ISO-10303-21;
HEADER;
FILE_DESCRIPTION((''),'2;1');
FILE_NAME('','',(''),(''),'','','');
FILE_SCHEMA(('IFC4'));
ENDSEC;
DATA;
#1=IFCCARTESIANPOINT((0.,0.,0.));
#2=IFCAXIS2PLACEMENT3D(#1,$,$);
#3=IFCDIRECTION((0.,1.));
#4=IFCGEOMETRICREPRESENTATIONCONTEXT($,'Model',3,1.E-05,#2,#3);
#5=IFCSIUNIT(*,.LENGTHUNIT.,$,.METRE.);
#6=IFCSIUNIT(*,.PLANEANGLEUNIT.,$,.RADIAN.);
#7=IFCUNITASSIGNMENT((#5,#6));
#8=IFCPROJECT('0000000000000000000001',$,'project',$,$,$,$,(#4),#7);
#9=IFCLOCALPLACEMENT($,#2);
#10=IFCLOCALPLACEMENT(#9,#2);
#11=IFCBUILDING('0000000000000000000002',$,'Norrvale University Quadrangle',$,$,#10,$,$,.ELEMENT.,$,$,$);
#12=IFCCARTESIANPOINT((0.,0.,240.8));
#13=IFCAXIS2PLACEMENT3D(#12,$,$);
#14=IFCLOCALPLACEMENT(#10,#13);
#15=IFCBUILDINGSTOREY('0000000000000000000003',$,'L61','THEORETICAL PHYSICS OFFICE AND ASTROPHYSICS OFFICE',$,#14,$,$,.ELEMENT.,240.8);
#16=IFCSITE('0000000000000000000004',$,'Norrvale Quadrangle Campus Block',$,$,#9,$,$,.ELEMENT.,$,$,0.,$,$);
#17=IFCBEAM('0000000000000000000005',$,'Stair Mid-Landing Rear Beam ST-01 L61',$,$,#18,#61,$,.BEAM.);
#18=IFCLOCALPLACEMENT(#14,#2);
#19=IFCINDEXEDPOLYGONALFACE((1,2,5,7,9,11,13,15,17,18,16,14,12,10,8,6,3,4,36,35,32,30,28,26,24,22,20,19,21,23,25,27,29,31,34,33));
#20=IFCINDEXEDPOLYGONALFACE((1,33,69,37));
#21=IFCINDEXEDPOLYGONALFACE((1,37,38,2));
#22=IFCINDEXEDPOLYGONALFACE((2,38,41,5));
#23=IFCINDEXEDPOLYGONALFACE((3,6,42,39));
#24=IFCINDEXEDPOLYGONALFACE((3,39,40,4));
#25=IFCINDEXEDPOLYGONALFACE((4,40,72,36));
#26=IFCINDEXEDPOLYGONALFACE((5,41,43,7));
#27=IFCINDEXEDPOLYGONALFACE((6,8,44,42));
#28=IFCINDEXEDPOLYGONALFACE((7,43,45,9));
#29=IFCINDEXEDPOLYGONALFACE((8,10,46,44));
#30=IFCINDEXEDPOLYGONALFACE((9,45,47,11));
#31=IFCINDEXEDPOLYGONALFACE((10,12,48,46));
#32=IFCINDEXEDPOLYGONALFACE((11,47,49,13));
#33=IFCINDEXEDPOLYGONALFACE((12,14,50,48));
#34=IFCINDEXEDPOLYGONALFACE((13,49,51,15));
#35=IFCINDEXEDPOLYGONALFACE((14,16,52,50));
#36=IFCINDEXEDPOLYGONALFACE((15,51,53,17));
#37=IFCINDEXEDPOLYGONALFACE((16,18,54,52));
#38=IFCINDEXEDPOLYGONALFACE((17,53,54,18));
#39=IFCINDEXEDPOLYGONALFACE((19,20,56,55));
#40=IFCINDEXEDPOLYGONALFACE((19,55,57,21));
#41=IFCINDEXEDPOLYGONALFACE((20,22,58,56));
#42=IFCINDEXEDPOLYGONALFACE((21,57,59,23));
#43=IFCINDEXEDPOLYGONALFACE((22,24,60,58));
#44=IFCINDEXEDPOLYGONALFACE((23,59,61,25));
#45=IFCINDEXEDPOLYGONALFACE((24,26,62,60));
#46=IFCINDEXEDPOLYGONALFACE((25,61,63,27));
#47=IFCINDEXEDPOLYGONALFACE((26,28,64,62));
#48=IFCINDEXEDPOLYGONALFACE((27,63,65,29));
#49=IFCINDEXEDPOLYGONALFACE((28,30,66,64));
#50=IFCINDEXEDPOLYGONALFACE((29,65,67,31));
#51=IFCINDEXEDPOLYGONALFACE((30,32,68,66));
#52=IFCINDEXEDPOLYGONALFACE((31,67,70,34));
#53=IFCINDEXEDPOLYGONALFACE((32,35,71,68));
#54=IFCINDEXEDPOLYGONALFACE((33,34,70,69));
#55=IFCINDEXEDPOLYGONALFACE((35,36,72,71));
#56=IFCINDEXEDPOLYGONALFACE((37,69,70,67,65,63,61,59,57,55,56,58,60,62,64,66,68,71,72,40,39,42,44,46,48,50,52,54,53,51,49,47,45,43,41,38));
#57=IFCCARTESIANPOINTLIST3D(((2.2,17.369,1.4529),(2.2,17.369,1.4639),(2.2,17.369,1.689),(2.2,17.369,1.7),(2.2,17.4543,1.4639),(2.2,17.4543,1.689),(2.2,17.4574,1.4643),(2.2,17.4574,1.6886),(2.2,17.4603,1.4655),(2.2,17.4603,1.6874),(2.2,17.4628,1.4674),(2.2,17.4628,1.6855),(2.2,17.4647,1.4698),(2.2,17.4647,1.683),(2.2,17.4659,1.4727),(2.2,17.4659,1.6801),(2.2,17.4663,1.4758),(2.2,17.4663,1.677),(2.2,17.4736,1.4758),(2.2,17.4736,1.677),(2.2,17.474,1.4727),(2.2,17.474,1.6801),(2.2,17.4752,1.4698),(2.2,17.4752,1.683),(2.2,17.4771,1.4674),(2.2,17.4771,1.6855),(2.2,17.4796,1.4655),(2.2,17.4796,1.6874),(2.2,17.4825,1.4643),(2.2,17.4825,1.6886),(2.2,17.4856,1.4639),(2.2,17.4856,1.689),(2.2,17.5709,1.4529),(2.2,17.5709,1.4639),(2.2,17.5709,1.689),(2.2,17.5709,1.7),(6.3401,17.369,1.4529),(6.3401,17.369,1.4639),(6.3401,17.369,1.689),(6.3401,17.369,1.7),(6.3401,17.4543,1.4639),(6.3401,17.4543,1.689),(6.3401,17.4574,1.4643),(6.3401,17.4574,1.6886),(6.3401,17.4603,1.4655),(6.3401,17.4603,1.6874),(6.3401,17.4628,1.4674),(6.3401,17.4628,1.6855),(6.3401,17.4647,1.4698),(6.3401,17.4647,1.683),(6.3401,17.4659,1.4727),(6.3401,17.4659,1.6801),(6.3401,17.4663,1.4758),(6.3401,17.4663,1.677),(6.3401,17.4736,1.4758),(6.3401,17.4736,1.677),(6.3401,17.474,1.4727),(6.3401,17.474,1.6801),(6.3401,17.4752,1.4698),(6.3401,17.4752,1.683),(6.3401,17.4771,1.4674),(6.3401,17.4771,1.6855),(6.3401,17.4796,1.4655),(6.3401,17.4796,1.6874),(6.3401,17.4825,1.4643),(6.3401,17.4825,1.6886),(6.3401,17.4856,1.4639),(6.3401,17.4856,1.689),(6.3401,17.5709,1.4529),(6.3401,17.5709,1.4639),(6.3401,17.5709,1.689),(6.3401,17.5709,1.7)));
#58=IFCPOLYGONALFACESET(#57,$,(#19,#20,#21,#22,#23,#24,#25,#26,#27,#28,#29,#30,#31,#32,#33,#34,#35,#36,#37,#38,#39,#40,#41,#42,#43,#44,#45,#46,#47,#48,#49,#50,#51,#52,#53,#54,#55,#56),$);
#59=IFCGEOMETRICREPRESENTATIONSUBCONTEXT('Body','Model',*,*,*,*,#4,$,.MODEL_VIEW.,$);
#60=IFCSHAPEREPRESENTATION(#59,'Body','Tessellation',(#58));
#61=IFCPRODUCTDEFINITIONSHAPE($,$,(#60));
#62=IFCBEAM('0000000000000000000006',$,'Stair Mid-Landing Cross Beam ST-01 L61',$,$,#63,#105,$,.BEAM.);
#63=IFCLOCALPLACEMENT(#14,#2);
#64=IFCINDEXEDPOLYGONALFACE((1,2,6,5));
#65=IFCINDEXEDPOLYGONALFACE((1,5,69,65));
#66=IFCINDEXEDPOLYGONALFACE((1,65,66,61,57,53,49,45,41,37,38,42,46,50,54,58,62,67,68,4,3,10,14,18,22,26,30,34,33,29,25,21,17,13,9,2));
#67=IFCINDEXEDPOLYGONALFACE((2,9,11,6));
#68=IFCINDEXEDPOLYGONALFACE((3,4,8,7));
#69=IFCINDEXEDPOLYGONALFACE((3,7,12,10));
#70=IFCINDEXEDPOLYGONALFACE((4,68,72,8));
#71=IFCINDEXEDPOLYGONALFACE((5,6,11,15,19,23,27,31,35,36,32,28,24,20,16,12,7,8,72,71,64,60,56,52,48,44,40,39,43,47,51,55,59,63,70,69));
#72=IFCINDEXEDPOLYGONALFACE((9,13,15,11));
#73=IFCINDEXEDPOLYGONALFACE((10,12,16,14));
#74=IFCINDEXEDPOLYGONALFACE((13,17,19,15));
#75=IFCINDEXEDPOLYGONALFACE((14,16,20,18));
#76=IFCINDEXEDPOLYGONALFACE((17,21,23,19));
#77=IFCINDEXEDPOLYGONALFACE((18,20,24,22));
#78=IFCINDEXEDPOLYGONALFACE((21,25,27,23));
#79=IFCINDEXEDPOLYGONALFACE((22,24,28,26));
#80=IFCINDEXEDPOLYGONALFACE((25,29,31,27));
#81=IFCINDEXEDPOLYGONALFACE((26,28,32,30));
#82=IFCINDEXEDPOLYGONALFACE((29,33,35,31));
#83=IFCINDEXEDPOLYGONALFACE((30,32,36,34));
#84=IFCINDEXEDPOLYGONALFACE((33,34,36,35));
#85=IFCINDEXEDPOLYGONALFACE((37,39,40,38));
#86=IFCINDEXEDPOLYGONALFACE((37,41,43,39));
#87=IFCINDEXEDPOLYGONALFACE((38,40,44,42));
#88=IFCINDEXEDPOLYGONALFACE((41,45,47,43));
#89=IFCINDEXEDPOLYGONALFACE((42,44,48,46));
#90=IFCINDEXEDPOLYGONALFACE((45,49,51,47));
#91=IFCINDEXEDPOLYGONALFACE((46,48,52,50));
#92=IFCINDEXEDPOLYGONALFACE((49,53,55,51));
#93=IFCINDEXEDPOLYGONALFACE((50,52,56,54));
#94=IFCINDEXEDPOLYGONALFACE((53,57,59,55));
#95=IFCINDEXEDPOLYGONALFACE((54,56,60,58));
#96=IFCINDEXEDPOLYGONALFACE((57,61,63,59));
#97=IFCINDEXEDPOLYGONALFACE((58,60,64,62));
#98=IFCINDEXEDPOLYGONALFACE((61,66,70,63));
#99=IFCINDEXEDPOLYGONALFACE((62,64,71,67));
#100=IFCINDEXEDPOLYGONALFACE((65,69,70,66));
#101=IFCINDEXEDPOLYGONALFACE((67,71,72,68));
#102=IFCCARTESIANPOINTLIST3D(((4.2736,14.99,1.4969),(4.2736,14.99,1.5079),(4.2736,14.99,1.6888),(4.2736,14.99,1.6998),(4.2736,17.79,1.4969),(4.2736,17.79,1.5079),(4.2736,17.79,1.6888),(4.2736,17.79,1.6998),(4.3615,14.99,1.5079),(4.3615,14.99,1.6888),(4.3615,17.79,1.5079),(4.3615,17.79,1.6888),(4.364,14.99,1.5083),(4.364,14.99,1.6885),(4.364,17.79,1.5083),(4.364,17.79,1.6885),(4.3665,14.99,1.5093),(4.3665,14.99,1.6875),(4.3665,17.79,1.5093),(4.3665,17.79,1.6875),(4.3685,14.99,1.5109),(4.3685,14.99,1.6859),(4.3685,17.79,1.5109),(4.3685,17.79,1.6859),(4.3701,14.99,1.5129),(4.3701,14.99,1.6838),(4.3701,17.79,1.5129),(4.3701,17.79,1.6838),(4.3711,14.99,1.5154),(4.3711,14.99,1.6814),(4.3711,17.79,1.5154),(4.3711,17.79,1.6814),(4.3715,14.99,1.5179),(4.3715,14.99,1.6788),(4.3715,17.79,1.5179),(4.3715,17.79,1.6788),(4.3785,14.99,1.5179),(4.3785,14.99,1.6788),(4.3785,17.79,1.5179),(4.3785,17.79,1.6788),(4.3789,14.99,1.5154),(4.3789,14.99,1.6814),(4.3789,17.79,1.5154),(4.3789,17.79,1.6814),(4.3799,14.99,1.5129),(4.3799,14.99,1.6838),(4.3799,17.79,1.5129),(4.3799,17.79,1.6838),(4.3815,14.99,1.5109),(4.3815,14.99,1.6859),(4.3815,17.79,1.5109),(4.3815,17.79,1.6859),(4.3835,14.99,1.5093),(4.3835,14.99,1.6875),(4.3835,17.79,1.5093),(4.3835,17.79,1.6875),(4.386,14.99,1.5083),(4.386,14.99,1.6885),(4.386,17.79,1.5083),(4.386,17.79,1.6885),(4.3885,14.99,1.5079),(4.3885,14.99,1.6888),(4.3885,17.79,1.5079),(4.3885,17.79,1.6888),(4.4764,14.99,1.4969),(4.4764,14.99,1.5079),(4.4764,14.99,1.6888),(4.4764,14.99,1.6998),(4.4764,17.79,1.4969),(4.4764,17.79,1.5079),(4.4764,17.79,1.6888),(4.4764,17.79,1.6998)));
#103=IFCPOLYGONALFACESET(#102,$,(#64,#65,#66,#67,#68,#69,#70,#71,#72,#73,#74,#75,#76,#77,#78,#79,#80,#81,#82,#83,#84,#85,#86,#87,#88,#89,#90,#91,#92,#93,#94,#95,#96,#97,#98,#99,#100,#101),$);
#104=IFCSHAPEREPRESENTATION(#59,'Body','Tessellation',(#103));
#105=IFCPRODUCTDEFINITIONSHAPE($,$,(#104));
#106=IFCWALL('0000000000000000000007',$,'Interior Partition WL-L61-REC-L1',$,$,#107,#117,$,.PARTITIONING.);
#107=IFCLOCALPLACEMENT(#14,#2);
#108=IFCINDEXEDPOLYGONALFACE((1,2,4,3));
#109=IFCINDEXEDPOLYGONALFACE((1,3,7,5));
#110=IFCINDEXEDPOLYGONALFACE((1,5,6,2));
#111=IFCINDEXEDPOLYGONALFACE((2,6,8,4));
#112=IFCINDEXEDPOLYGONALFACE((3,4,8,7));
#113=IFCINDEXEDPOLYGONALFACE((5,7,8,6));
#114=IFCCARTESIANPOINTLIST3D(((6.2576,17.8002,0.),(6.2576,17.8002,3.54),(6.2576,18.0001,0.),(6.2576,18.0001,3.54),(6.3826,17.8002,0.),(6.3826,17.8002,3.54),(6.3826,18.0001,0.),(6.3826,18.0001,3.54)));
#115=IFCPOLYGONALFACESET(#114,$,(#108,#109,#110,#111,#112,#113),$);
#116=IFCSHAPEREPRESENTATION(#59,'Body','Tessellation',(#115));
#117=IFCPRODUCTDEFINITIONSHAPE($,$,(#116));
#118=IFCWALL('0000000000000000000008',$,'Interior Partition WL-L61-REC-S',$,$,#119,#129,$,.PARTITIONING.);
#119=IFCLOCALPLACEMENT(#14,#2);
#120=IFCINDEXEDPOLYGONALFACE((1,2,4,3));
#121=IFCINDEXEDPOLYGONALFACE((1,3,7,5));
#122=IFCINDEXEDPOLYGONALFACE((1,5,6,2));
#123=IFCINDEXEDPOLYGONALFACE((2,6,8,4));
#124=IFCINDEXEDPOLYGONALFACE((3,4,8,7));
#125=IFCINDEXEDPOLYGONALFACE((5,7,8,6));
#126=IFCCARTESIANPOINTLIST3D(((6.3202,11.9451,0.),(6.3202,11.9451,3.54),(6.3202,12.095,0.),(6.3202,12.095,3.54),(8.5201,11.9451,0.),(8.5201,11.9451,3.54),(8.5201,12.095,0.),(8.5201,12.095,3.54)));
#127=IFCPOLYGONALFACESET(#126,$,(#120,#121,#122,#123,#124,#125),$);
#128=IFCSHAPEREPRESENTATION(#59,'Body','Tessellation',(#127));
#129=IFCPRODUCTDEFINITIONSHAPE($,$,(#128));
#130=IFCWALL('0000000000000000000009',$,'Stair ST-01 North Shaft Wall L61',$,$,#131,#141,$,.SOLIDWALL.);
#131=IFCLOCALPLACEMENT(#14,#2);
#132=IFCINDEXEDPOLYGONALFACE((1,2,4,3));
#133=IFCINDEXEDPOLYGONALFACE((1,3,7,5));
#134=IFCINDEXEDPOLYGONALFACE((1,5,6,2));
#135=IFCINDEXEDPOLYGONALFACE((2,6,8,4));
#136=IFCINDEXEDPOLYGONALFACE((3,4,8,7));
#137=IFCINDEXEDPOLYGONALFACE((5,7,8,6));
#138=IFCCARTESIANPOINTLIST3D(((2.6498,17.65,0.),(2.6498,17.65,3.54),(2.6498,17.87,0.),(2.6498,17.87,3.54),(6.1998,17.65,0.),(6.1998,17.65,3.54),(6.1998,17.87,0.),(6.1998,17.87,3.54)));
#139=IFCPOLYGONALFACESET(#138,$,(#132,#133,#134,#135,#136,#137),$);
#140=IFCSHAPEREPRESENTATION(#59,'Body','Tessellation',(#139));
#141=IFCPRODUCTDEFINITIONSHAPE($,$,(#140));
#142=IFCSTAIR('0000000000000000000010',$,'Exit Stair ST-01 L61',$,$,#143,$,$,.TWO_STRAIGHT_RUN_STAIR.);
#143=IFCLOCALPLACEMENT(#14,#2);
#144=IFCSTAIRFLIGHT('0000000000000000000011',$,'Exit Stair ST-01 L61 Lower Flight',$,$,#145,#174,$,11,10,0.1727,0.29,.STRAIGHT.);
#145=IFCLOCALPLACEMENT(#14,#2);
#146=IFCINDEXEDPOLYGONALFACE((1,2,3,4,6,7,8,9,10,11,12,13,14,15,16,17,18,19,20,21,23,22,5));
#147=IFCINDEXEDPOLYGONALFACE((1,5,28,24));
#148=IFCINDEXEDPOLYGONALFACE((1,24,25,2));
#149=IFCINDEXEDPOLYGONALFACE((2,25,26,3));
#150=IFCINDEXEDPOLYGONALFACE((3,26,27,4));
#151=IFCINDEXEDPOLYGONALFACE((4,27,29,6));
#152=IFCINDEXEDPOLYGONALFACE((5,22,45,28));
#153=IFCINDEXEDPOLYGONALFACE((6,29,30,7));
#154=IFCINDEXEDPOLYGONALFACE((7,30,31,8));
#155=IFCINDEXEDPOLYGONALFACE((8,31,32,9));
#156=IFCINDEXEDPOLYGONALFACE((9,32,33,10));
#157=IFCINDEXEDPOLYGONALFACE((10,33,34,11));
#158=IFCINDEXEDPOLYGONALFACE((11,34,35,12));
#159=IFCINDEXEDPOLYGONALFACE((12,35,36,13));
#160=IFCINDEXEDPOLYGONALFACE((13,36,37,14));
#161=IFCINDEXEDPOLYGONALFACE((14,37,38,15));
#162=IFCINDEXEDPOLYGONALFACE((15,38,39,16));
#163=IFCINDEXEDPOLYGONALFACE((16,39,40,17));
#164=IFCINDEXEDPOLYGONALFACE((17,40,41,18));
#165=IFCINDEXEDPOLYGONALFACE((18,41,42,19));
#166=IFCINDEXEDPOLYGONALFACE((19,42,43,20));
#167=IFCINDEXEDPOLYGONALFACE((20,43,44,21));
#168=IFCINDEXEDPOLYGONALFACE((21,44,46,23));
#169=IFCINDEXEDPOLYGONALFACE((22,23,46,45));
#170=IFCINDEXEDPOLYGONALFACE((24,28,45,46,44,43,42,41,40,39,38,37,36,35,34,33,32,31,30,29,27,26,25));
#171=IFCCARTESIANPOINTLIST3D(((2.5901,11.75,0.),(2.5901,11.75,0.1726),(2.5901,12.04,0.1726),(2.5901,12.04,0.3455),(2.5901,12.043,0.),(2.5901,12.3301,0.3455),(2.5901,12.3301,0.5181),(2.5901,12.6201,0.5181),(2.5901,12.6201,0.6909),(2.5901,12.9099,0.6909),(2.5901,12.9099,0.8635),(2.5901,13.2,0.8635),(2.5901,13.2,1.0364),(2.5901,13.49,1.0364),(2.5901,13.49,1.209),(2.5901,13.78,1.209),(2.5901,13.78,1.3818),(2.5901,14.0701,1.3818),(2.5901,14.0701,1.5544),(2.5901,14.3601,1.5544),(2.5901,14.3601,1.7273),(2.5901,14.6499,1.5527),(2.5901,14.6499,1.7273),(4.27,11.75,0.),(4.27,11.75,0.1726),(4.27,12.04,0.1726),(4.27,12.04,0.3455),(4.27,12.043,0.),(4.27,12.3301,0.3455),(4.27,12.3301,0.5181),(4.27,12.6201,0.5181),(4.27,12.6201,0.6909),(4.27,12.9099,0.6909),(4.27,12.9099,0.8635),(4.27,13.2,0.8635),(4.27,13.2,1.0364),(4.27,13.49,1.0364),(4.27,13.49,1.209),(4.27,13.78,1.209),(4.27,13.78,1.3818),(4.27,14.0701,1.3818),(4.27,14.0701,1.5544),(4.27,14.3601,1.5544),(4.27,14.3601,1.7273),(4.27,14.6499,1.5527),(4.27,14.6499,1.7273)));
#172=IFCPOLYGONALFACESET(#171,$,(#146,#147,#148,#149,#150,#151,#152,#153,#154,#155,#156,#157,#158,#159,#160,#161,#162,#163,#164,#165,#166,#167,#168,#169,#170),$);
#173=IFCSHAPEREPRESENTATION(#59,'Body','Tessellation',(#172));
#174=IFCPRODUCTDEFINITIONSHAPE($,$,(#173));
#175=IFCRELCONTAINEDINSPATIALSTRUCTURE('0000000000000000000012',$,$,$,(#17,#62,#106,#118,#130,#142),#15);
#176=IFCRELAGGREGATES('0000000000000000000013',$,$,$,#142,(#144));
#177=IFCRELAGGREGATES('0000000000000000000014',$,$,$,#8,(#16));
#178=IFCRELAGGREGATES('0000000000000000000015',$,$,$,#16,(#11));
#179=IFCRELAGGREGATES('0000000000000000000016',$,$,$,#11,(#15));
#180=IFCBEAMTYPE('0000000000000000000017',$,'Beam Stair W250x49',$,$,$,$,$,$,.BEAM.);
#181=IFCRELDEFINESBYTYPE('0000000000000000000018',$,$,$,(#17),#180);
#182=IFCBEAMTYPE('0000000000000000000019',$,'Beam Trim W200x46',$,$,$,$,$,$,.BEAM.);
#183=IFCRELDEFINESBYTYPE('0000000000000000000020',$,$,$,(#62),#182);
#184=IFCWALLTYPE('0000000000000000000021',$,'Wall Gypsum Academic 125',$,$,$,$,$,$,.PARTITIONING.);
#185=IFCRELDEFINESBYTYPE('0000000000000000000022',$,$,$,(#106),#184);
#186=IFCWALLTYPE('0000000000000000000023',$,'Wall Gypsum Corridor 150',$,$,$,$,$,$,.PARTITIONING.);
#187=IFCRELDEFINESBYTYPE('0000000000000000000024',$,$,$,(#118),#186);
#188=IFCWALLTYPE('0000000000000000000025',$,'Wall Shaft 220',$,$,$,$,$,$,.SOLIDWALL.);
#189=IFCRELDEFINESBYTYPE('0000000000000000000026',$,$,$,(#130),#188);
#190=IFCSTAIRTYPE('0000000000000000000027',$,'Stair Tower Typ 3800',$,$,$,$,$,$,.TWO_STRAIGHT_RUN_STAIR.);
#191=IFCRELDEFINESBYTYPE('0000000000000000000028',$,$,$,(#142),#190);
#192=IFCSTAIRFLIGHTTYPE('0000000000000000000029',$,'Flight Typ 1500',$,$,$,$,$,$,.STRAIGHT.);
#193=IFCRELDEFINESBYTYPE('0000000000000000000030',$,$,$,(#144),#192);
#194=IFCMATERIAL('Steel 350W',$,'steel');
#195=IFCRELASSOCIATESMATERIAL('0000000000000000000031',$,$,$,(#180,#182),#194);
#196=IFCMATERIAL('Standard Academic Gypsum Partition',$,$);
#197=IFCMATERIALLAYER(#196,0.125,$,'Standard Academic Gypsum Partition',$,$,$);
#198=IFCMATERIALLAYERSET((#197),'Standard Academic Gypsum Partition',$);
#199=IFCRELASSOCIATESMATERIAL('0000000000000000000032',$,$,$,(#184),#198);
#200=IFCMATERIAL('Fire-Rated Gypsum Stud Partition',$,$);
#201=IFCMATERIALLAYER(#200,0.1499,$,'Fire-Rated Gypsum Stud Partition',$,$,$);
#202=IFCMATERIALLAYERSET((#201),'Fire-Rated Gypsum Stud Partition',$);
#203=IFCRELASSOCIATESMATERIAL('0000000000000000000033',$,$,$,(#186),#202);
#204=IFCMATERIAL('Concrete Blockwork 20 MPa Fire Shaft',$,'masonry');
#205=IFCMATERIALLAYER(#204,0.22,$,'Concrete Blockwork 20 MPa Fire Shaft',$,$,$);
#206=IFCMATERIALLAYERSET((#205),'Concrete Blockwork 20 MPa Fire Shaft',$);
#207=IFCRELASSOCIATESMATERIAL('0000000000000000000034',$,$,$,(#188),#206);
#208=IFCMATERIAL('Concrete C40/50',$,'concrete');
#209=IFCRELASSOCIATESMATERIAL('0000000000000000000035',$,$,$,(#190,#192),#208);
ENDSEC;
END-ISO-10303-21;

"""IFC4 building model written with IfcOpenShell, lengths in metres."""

from ifc_helpers import new_model, si_unit, direction, frame, frame_2d, origin, origin_2d, place, context, subcontext, project, spatial, polyline, rectangle, i_section, outline, extrude, material, layer, layer_set, material_profile, profile_set, type_object, element, aggregate, save


model = new_model("IFC4")

# Units and contexts
model_context = context("Model", 3, precision=1e-05, world=origin(), true_north=direction((0.0, 1.0)))
body_context = subcontext(model_context, "Body", "Model", "MODEL_VIEW")
ifc_project = project(units=[si_unit("LENGTHUNIT", "METRE"), si_unit("PLANEANGLEUNIT", "RADIAN")], contexts=[model_context])

# Site, building, storey
site_placement = place(None, origin())
site = spatial("IfcSite", under=ifc_project, at=site_placement, Name="Norrvale Quadrangle Campus Block", CompositionType="ELEMENT", RefElevation=0.0)
building_placement = place(site_placement, origin())
building = spatial("IfcBuilding", under=site, at=building_placement, Name="Norrvale University Quadrangle", CompositionType="ELEMENT")
storey_placement = place(building_placement, frame((0.0, 0.0, 240.8)))
storey = spatial("IfcBuildingStorey", under=building, at=storey_placement, Name="L61", Description="THEORETICAL PHYSICS OFFICE AND ASTROPHYSICS OFFICE", CompositionType="ELEMENT", Elevation=240.8)

# Beams
ifc_material_1 = material(Name="Steel 350W", Category="steel")
ifc_material_profile_1 = material_profile(ifc_material_1, i_section(OverallWidth=0.2019, OverallDepth=0.2471, WebThickness=0.0073, FlangeThickness=0.011, FilletRadius=0.012, at=origin_2d()), Name="Steel 350W")
ifc_profile_set_1 = profile_set([ifc_material_profile_1], Name="Steel 350W")
beam_type_1 = type_object("IfcBeamType", Name="Beam Stair W250x49", PredefinedType="BEAM", material=ifc_profile_set_1)
for number, where, z_axis, x_axis, name in (
    (1, (2.2, 17.47, 1.5764), (1.0, 0.0, 0.0), (0.0, 1.0, 0.0), "Stair Mid-Landing Rear Beam ST-01 L61"),
):
    element("IfcBeam", number, at=place(storey_placement, frame(where, z_axis=z_axis, x_axis=x_axis)), inside=storey, type_object=beam_type_1, Name=name, PredefinedType="BEAM", context=body_context, shape_type="SweptSolid", body=[
        extrude(i_section(OverallWidth=0.2019, OverallDepth=0.2471, WebThickness=0.0073, FlangeThickness=0.011, FilletRadius=0.012, at=origin_2d()), origin(), (0.0, 0.0, 1.0), 4.1401),
    ])
ifc_material_profile_2 = material_profile(ifc_material_1, i_section(OverallWidth=0.2029, OverallDepth=0.2029, WebThickness=0.0071, FlangeThickness=0.011, FilletRadius=0.01, at=origin_2d()), Name="Steel 350W")
ifc_profile_set_2 = profile_set([ifc_material_profile_2], Name="Steel 350W")
beam_type_2 = type_object("IfcBeamType", Name="Beam Trim W200x46", PredefinedType="BEAM", material=ifc_profile_set_2)
beam_1_placement = place(storey_placement, frame((4.375, 14.99, 1.5984), z_axis=(0.0, 1.0, 0.0), x_axis=(-1.0, 0.0, 0.0)))
element("IfcBeam", 2, at=beam_1_placement, inside=storey, type_object=beam_type_2, Name="Stair Mid-Landing Cross Beam ST-01 L61", PredefinedType="BEAM", context=body_context, shape_type="SweptSolid", body=[
    extrude(i_section(OverallWidth=0.2029, OverallDepth=0.2029, WebThickness=0.0071, FlangeThickness=0.011, FilletRadius=0.01, at=origin_2d()), origin(), (0.0, 0.0, 1.0), 2.8),
])

# Walls
ifc_material_2 = material(Name="Standard Academic Gypsum Partition")
ifc_layer_1 = layer(ifc_material_2, 0.125, Name="Standard Academic Gypsum Partition")
ifc_layer_set_1 = layer_set([ifc_layer_1], Name="Standard Academic Gypsum Partition")
wall_type_1 = type_object("IfcWallType", Name="Wall Gypsum Academic 125", PredefinedType="PARTITIONING", material=ifc_layer_set_1)
wall_1_placement = place(storey_placement, frame((6.3201, 17.8, 0.0), z_axis=(0.0, 0.0, 1.0), x_axis=(0.0, 1.0, 0.0)))
element("IfcWall", 3, at=wall_1_placement, inside=storey, type_object=wall_type_1, Name="Interior Partition WL-L61-REC-L1", PredefinedType="PARTITIONING", context=body_context, shape_type="SweptSolid", body=[
    extrude(rectangle(XDim=0.2, YDim=0.125, at=frame_2d((0.1001, 0.0))), origin(), (0.0, 0.0, 1.0), 3.54),
])
ifc_material_3 = material(Name="Fire-Rated Gypsum Stud Partition")
ifc_layer_2 = layer(ifc_material_3, 0.1499, Name="Fire-Rated Gypsum Stud Partition")
ifc_layer_set_2 = layer_set([ifc_layer_2], Name="Fire-Rated Gypsum Stud Partition")
wall_type_2 = type_object("IfcWallType", Name="Wall Gypsum Corridor 150", PredefinedType="PARTITIONING", material=ifc_layer_set_2)
wall_2_placement = place(storey_placement, frame((6.3201, 12.02, 0.0), z_axis=(0.0, 0.0, 1.0), x_axis=(1.0, 0.0, 0.0)))
element("IfcWall", 4, at=wall_2_placement, inside=storey, type_object=wall_type_2, Name="Interior Partition WL-L61-REC-S", PredefinedType="PARTITIONING", context=body_context, shape_type="SweptSolid", body=[
    extrude(rectangle(XDim=2.2, YDim=0.1499, at=frame_2d((1.1001, 0.0))), origin(), (0.0, 0.0, 1.0), 3.54),
])
ifc_material_4 = material(Name="Concrete Blockwork 20 MPa Fire Shaft", Category="masonry")
ifc_layer_3 = layer(ifc_material_4, 0.22, Name="Concrete Blockwork 20 MPa Fire Shaft")
ifc_layer_set_3 = layer_set([ifc_layer_3], Name="Concrete Blockwork 20 MPa Fire Shaft")
wall_type_3 = type_object("IfcWallType", Name="Wall Shaft 220", PredefinedType="SOLIDWALL", material=ifc_layer_set_3)
wall_3_placement = place(storey_placement, frame((2.6499, 17.76, 0.0), z_axis=(0.0, 0.0, 1.0), x_axis=(1.0, 0.0, 0.0)))
element("IfcWall", 5, at=wall_3_placement, inside=storey, type_object=wall_type_3, Name="Stair ST-01 North Shaft Wall L61", PredefinedType="SOLIDWALL", context=body_context, shape_type="SweptSolid", body=[
    extrude(rectangle(XDim=3.55, YDim=0.22, at=frame_2d((1.7749, 0.0))), origin(), (0.0, 0.0, 1.0), 3.54),
])

# Stair, stair flight
ifc_material_5 = material(Name="Concrete C40/50", Category="concrete")
stair_type = type_object("IfcStairType", Name="Stair Tower Typ 3800", PredefinedType="TWO_STRAIGHT_RUN_STAIR", material=ifc_material_5)
stair_placement = place(storey_placement, origin())
stair = element("IfcStair", 6, at=stair_placement, inside=storey, type_object=stair_type, Name="Exit Stair ST-01 L61", PredefinedType="TWO_STRAIGHT_RUN_STAIR")
stair_flight_type = type_object("IfcStairFlightType", Name="Flight Typ 1500", PredefinedType="STRAIGHT", material=ifc_material_5)
stair_flight_1_placement = place(storey_placement, frame((3.4299, 11.75, 0.0), z_axis=(0.0, 0.0, 1.0), x_axis=(0.0, 1.0, 0.0)))
stair_flight_1 = element("IfcStairFlight", 7, at=stair_flight_1_placement, type_object=stair_flight_type, Name="Exit Stair ST-01 L61 Lower Flight", NumberOfRisers=11, NumberOfTreads=10, PredefinedType="STRAIGHT", RiserHeight=0.1727, TreadLength=0.29, context=body_context, shape_type="SweptSolid", body=[
    extrude(outline(polyline([(0.0, 0.0), (0.0, 0.1726), (0.29, 0.1726), (0.29, 0.3455), (0.5801, 0.3455), (0.5801, 0.5181), (0.8701, 0.5181), (0.8701, 0.6909), (1.1599, 0.6909), (1.1599, 0.8635), (1.45, 0.8635), (1.45, 1.0364), (1.74, 1.0364), (1.74, 1.209), (2.03, 1.209), (2.03, 1.3818), (2.3201, 1.3818), (2.3201, 1.5544), (2.6101, 1.5544), (2.6101, 1.7273), (2.8999, 1.7273), (2.8999, 1.8999), (2.8999, 1.5527), (0.293, 0.0), (0.0, 0.0)])), frame((0.0, 0.8398, 0.0), z_axis=(0.0, -1.0, 0.0), x_axis=(1.0, 0.0, 0.0)), (0.0, 0.0, 1.0), 1.6799),
])
aggregate(stair, [stair_flight_1])

save(model, "model.ifc")
